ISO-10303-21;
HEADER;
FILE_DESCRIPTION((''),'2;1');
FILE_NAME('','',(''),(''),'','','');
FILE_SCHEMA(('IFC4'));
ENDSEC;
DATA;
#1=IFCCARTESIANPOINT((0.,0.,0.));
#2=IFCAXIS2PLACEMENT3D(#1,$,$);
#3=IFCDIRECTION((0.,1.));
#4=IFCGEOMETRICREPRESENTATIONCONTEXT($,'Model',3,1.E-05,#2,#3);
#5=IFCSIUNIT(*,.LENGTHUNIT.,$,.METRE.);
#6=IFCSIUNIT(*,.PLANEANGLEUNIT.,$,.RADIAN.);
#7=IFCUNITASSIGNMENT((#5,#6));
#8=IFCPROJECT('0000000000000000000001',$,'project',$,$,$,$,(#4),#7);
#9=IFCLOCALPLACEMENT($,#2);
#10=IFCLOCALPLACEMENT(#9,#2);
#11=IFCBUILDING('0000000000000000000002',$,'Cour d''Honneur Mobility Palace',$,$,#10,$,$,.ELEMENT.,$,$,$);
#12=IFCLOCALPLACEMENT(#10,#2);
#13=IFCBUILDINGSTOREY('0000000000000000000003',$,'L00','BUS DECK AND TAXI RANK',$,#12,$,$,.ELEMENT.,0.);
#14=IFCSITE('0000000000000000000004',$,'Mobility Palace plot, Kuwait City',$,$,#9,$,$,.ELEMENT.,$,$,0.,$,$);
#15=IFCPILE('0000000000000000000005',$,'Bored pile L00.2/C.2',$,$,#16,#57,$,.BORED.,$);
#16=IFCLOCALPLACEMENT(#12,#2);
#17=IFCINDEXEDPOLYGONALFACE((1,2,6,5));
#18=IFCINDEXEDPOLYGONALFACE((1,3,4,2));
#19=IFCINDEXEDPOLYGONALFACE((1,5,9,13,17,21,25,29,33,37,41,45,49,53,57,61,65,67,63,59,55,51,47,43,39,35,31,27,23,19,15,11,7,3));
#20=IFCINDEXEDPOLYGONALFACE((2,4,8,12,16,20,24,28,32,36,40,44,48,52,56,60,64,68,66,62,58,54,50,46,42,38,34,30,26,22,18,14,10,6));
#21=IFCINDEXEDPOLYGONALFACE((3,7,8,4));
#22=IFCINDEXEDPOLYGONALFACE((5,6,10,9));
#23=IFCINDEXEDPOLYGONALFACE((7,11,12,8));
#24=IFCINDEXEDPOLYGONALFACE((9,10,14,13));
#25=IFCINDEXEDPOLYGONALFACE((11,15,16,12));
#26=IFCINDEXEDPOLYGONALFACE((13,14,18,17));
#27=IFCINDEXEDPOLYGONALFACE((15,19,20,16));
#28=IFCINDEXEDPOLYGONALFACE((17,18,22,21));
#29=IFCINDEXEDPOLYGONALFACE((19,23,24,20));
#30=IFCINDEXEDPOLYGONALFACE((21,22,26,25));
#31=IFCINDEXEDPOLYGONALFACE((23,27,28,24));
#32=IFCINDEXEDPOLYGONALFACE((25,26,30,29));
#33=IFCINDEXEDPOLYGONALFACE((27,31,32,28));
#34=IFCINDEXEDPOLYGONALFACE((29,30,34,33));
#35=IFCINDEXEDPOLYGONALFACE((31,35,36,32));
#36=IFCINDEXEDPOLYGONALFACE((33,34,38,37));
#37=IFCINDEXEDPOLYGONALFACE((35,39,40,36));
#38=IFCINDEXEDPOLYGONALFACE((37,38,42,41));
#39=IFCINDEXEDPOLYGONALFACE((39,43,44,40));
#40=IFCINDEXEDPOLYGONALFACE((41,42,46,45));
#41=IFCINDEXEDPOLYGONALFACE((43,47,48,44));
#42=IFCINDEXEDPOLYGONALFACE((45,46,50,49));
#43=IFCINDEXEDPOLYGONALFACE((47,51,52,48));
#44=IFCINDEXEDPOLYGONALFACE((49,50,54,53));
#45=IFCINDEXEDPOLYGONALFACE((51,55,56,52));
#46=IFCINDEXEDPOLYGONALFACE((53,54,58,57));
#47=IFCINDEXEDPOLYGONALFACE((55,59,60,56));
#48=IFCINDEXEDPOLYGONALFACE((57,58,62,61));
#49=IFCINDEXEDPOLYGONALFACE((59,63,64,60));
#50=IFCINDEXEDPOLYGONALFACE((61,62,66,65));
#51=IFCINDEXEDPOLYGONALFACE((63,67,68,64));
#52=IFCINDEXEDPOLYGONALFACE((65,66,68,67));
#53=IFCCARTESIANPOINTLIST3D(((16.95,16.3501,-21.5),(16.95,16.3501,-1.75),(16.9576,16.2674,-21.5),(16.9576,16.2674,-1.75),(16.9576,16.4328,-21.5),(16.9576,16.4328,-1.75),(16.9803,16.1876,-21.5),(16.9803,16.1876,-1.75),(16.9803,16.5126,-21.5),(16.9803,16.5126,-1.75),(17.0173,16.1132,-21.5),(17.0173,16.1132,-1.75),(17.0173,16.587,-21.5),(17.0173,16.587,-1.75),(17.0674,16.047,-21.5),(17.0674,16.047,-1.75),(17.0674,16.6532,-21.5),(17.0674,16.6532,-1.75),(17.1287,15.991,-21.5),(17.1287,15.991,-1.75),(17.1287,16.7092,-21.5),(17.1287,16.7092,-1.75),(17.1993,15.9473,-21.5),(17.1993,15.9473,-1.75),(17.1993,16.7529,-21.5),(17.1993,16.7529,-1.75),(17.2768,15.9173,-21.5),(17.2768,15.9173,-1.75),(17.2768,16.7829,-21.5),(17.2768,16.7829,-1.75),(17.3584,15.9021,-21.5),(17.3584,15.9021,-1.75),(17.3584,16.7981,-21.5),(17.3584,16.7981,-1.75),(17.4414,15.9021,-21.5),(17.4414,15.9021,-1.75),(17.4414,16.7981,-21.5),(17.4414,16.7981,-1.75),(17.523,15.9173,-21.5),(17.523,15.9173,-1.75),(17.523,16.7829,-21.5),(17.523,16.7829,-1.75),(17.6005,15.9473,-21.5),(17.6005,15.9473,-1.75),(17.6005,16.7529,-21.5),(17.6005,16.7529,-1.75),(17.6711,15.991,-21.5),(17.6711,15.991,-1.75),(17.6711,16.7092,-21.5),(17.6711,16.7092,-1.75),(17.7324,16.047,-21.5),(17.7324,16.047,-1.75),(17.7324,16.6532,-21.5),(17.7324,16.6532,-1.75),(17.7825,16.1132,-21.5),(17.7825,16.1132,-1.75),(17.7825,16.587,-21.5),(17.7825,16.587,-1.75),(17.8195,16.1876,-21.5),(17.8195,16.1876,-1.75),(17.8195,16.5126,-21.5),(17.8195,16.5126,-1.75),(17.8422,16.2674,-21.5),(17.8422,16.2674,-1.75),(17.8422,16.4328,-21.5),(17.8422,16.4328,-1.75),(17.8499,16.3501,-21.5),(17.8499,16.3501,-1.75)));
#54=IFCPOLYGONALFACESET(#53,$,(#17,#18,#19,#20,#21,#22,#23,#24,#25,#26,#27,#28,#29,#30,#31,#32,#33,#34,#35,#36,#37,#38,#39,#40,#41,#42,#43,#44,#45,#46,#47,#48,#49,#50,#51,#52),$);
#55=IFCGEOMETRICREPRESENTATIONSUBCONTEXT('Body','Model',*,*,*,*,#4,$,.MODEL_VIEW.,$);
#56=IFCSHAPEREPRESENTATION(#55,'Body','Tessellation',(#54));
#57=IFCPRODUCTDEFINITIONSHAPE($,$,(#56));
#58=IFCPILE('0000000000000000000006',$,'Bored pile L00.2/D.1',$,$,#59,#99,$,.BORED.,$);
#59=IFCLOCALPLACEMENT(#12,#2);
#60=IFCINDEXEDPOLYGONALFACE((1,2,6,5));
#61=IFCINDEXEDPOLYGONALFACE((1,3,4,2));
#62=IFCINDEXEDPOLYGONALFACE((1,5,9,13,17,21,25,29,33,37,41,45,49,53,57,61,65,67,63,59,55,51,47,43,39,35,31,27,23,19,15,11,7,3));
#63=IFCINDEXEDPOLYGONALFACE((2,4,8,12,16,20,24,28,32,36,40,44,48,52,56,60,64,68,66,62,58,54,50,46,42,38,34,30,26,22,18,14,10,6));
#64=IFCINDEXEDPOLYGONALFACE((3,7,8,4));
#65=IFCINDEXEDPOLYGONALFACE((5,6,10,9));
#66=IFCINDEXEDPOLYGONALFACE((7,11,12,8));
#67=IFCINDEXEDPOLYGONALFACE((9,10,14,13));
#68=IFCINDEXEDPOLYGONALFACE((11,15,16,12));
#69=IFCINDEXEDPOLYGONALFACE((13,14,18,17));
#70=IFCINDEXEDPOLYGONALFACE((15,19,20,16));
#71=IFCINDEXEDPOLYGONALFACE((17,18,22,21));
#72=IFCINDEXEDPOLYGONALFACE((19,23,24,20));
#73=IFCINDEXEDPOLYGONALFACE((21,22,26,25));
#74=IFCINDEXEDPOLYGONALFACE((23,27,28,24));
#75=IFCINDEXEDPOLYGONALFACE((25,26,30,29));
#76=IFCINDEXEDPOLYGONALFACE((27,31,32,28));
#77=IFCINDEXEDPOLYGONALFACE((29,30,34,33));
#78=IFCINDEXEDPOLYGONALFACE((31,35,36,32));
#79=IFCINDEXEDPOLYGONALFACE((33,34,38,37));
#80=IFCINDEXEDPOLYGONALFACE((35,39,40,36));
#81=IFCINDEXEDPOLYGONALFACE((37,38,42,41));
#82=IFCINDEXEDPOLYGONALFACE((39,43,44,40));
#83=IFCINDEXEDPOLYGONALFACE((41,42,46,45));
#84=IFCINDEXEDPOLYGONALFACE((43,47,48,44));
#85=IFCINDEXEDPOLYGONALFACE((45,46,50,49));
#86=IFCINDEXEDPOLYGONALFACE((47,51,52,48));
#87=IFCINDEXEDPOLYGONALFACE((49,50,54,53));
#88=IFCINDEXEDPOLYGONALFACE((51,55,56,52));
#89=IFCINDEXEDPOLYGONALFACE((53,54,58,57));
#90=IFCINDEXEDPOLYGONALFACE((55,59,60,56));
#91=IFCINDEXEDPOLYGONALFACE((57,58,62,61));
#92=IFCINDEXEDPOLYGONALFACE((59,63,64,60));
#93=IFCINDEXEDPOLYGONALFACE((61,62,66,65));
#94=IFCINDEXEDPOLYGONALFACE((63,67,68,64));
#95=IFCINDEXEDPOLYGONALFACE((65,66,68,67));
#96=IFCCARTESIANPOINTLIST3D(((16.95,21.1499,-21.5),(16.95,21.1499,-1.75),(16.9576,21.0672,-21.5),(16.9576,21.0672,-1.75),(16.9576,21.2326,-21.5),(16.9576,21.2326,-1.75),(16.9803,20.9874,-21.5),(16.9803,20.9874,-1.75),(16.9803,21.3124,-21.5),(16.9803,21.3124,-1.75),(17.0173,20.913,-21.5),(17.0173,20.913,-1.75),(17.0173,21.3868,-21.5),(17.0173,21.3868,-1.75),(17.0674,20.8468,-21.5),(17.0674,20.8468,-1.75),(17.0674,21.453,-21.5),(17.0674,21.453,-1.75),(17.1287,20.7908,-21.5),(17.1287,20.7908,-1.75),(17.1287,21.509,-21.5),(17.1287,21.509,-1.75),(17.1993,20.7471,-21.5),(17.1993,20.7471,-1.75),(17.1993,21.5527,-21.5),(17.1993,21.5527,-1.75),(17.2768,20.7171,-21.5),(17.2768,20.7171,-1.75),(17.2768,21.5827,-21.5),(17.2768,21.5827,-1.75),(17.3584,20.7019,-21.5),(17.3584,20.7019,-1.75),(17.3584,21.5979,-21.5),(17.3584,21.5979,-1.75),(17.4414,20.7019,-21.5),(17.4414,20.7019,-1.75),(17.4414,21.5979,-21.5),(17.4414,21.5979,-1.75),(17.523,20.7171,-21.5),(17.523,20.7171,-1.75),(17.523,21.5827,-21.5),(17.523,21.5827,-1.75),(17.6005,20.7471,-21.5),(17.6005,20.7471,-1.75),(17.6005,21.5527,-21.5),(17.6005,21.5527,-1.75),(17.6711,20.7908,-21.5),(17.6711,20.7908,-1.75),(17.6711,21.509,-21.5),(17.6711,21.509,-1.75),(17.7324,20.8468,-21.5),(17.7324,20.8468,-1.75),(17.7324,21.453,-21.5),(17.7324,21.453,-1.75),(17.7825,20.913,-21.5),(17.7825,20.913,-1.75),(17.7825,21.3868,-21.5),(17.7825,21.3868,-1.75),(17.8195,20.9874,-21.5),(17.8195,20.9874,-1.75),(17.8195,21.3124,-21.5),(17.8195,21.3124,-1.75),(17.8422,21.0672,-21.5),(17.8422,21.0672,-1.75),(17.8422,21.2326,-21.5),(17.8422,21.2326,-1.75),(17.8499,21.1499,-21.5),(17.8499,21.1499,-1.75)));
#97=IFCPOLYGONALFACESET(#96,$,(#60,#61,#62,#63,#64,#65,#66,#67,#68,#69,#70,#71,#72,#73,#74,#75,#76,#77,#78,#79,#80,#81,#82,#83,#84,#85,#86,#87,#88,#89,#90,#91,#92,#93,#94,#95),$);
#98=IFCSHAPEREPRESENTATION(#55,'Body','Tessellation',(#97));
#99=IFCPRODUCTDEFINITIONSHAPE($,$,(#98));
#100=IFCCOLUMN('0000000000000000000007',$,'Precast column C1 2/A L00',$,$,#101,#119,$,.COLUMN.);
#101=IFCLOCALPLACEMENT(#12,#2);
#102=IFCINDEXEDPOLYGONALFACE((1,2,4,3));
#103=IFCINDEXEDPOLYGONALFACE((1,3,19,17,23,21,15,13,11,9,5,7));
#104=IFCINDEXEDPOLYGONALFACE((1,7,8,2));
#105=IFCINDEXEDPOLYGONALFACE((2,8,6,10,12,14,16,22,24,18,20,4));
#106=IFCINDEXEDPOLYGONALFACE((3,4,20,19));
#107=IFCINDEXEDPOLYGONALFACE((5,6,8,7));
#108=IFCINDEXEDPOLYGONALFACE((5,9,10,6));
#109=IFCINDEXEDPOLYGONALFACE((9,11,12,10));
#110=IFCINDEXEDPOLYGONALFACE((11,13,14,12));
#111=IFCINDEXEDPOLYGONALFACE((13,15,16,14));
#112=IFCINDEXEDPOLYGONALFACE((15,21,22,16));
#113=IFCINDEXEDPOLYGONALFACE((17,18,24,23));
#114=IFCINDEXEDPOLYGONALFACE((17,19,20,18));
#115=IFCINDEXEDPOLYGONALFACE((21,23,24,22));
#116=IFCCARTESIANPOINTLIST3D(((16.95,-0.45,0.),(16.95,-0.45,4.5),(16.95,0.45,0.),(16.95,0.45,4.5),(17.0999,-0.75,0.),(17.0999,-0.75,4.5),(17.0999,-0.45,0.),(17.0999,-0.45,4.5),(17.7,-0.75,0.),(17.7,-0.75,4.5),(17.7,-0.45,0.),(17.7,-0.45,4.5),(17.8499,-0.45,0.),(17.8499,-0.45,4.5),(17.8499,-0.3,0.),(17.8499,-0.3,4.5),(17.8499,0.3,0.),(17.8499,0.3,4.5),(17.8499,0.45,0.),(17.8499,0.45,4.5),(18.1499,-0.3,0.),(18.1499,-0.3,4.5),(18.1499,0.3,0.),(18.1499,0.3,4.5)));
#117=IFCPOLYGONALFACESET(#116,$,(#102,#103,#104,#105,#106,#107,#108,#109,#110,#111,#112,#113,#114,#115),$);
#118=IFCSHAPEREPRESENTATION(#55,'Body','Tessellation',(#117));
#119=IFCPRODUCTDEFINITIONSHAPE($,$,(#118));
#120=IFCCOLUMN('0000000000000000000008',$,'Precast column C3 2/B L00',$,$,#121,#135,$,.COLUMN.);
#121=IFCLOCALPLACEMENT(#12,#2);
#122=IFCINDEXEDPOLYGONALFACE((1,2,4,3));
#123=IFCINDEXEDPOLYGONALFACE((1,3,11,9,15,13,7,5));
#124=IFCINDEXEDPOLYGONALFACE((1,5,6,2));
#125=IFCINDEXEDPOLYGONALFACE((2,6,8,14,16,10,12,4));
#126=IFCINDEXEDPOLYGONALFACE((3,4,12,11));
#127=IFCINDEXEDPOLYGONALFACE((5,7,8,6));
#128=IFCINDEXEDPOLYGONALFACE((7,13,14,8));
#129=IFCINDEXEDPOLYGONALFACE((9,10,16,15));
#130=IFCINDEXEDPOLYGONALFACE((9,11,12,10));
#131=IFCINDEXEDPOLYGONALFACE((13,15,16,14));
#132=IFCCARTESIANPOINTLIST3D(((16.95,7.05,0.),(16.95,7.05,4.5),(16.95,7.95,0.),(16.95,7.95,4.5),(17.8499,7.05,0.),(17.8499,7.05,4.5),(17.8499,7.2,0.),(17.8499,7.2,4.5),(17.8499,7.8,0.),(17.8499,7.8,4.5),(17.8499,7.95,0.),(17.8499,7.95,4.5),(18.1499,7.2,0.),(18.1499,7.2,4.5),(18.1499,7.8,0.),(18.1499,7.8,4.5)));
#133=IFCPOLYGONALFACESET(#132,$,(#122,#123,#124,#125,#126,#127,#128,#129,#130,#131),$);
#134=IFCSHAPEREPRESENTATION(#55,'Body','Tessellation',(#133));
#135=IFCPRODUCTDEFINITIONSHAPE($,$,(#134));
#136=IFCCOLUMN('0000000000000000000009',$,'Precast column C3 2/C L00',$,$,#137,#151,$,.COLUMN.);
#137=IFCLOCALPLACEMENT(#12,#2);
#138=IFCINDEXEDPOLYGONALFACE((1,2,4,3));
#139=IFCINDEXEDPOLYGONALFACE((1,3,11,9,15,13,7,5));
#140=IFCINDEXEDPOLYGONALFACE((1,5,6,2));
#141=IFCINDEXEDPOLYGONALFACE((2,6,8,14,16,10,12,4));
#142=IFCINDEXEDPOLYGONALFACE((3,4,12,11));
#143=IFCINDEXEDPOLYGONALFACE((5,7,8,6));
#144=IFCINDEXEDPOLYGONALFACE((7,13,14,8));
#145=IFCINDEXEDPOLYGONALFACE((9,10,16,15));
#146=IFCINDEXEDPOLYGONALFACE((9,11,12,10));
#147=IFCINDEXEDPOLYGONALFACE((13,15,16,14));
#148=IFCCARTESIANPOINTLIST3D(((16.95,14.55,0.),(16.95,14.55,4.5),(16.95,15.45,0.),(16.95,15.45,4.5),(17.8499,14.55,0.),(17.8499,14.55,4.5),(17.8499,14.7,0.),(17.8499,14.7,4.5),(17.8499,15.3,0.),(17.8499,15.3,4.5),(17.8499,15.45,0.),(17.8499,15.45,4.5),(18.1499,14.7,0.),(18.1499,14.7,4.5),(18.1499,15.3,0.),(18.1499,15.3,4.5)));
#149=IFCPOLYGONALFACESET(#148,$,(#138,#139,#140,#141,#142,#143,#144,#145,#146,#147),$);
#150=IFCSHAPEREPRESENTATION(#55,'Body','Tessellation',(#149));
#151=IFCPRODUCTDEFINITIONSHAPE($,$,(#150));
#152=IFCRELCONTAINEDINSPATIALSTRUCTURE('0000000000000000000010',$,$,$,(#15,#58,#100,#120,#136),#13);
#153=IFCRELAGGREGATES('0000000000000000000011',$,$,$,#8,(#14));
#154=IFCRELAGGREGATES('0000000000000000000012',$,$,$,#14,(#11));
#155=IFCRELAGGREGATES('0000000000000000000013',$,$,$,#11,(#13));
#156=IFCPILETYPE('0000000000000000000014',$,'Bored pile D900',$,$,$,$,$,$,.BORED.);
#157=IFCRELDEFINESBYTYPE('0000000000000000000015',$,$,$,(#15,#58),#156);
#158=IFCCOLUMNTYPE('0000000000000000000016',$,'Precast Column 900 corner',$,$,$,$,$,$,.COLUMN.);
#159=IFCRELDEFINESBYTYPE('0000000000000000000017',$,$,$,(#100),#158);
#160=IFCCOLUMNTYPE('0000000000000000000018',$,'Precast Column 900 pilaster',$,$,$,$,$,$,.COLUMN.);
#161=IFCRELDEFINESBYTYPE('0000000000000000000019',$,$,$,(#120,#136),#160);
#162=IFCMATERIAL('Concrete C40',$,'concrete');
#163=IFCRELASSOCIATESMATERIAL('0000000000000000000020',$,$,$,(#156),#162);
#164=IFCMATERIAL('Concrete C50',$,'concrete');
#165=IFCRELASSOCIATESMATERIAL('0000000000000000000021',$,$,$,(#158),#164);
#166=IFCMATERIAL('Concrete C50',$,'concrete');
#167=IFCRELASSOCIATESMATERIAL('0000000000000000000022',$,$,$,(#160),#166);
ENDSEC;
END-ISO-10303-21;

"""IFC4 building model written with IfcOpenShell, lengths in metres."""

from ifc_helpers import new_model, si_unit, direction, frame, origin, origin_2d, place, context, subcontext, project, spatial, polyline, circle, outline, extrude, material, material_profile, profile_set, type_object, element, save


model = new_model("IFC4")

# Units and contexts
model_context = context("Model", 3, precision=1e-05, world=origin(), true_north=direction((0.0, 1.0)))
body_context = subcontext(model_context, "Body", "Model", "MODEL_VIEW")
ifc_project = project(units=[si_unit("LENGTHUNIT", "METRE"), si_unit("PLANEANGLEUNIT", "RADIAN")], contexts=[model_context])

# Site, building, storey
site_placement = place(None, origin())
site = spatial("IfcSite", under=ifc_project, at=site_placement, Name="Mobility Palace plot, Kuwait City", CompositionType="ELEMENT", RefElevation=0.0)
building_placement = place(site_placement, origin())
building = spatial("IfcBuilding", under=site, at=building_placement, Name="Cour d'Honneur Mobility Palace", CompositionType="ELEMENT")
storey_placement = place(building_placement, origin())
storey = spatial("IfcBuildingStorey", under=building, at=storey_placement, Name="L00", Description="BUS DECK AND TAXI RANK", CompositionType="ELEMENT", Elevation=0.0)

# Piles
ifc_material_1 = material(Name="Concrete C40", Category="concrete")
ifc_material_profile_1 = material_profile(ifc_material_1, circle(Radius=0.45, at=origin_2d()), Name="Bored pile D900")
ifc_profile_set_1 = profile_set([ifc_material_profile_1], Name="Concrete C40")
pile_type = type_object("IfcPileType", Name="Bored pile D900", PredefinedType="BORED", material=ifc_profile_set_1)
for number, where, z_axis, x_axis, name in (
    (1, (17.3999, 16.3501, -1.75), (0.0, 0.0, -1.0), (1.0, 0.0, 0.0), "Bored pile L00.2/C.2"),
    (2, (17.3999, 21.1499, -1.75), (0.0, 0.0, -1.0), (1.0, 0.0, 0.0), "Bored pile L00.2/D.1"),
):
    element("IfcPile", number, at=place(storey_placement, frame(where, z_axis=z_axis, x_axis=x_axis)), inside=storey, type_object=pile_type, Name=name, PredefinedType="BORED", context=body_context, shape_type="SweptSolid", body=[
        extrude(circle(Radius=0.45, at=origin_2d()), origin(), (0.0, 0.0, 1.0), 19.75),
    ])

# Columns
ifc_material_2 = material(Name="Concrete C50", Category="concrete")
ifc_material_profile_2 = material_profile(ifc_material_2, outline(polyline([(-0.45, -0.45), (0.45, -0.45), (0.45, -0.3), (0.75, -0.3), (0.75, 0.3), (0.45, 0.3), (0.45, 0.45), (0.3, 0.45), (0.3, 0.75), (-0.3, 0.75), (-0.3, 0.45), (-0.45, 0.45), (-0.45, -0.45)])), Name="PC C900 corner")
ifc_profile_set_2 = profile_set([ifc_material_profile_2], Name="Concrete C50")
column_type_1 = type_object("IfcColumnType", Name="Precast Column 900 corner", PredefinedType="COLUMN", material=ifc_profile_set_2)
column_placement = place(storey_placement, frame((17.3999, 0.0, 0.0), z_axis=(0.0, 0.0, 1.0), x_axis=(0.0, -1.0, 0.0)))
element("IfcColumn", 3, at=column_placement, inside=storey, type_object=column_type_1, Name="Precast column C1 2/A L00", PredefinedType="COLUMN", context=body_context, shape_type="SweptSolid", body=[
    extrude(outline(polyline([(-0.45, -0.45), (0.45, -0.45), (0.45, -0.3), (0.75, -0.3), (0.75, 0.3), (0.45, 0.3), (0.45, 0.45), (0.3, 0.45), (0.3, 0.75), (-0.3, 0.75), (-0.3, 0.45), (-0.45, 0.45), (-0.45, -0.45)])), origin(), (0.0, 0.0, 1.0), 4.5),
])
ifc_material_3 = material(Name="Concrete C50", Category="concrete")
ifc_material_profile_3 = material_profile(ifc_material_3, outline(polyline([(-0.45, -0.45), (0.45, -0.45), (0.45, -0.3), (0.75, -0.3), (0.75, 0.3), (0.45, 0.3), (0.45, 0.45), (-0.45, 0.45), (-0.45, -0.45)])), Name="PC C900 pilaster")
ifc_profile_set_3 = profile_set([ifc_material_profile_3], Name="Concrete C50")
column_type_2 = type_object("IfcColumnType", Name="Precast Column 900 pilaster", PredefinedType="COLUMN", material=ifc_profile_set_3)
for number, where, z_axis, x_axis, name in (
    (4, (17.3999, 7.5, 0.0), (0.0, 0.0, 1.0), (1.0, 0.0, 0.0), "Precast column C3 2/B L00"),
    (5, (17.3999, 15.0, 0.0), (0.0, 0.0, 1.0), (1.0, 0.0, 0.0), "Precast column C3 2/C L00"),
):
    element("IfcColumn", number, at=place(storey_placement, frame(where, z_axis=z_axis, x_axis=x_axis)), inside=storey, type_object=column_type_2, Name=name, PredefinedType="COLUMN", context=body_context, shape_type="SweptSolid", body=[
        extrude(outline(polyline([(-0.45, -0.45), (0.45, -0.45), (0.45, -0.3), (0.75, -0.3), (0.75, 0.3), (0.45, 0.3), (0.45, 0.45), (-0.45, 0.45), (-0.45, -0.45)])), origin(), (0.0, 0.0, 1.0), 4.5),
    ])

save(model, "model.ifc")
